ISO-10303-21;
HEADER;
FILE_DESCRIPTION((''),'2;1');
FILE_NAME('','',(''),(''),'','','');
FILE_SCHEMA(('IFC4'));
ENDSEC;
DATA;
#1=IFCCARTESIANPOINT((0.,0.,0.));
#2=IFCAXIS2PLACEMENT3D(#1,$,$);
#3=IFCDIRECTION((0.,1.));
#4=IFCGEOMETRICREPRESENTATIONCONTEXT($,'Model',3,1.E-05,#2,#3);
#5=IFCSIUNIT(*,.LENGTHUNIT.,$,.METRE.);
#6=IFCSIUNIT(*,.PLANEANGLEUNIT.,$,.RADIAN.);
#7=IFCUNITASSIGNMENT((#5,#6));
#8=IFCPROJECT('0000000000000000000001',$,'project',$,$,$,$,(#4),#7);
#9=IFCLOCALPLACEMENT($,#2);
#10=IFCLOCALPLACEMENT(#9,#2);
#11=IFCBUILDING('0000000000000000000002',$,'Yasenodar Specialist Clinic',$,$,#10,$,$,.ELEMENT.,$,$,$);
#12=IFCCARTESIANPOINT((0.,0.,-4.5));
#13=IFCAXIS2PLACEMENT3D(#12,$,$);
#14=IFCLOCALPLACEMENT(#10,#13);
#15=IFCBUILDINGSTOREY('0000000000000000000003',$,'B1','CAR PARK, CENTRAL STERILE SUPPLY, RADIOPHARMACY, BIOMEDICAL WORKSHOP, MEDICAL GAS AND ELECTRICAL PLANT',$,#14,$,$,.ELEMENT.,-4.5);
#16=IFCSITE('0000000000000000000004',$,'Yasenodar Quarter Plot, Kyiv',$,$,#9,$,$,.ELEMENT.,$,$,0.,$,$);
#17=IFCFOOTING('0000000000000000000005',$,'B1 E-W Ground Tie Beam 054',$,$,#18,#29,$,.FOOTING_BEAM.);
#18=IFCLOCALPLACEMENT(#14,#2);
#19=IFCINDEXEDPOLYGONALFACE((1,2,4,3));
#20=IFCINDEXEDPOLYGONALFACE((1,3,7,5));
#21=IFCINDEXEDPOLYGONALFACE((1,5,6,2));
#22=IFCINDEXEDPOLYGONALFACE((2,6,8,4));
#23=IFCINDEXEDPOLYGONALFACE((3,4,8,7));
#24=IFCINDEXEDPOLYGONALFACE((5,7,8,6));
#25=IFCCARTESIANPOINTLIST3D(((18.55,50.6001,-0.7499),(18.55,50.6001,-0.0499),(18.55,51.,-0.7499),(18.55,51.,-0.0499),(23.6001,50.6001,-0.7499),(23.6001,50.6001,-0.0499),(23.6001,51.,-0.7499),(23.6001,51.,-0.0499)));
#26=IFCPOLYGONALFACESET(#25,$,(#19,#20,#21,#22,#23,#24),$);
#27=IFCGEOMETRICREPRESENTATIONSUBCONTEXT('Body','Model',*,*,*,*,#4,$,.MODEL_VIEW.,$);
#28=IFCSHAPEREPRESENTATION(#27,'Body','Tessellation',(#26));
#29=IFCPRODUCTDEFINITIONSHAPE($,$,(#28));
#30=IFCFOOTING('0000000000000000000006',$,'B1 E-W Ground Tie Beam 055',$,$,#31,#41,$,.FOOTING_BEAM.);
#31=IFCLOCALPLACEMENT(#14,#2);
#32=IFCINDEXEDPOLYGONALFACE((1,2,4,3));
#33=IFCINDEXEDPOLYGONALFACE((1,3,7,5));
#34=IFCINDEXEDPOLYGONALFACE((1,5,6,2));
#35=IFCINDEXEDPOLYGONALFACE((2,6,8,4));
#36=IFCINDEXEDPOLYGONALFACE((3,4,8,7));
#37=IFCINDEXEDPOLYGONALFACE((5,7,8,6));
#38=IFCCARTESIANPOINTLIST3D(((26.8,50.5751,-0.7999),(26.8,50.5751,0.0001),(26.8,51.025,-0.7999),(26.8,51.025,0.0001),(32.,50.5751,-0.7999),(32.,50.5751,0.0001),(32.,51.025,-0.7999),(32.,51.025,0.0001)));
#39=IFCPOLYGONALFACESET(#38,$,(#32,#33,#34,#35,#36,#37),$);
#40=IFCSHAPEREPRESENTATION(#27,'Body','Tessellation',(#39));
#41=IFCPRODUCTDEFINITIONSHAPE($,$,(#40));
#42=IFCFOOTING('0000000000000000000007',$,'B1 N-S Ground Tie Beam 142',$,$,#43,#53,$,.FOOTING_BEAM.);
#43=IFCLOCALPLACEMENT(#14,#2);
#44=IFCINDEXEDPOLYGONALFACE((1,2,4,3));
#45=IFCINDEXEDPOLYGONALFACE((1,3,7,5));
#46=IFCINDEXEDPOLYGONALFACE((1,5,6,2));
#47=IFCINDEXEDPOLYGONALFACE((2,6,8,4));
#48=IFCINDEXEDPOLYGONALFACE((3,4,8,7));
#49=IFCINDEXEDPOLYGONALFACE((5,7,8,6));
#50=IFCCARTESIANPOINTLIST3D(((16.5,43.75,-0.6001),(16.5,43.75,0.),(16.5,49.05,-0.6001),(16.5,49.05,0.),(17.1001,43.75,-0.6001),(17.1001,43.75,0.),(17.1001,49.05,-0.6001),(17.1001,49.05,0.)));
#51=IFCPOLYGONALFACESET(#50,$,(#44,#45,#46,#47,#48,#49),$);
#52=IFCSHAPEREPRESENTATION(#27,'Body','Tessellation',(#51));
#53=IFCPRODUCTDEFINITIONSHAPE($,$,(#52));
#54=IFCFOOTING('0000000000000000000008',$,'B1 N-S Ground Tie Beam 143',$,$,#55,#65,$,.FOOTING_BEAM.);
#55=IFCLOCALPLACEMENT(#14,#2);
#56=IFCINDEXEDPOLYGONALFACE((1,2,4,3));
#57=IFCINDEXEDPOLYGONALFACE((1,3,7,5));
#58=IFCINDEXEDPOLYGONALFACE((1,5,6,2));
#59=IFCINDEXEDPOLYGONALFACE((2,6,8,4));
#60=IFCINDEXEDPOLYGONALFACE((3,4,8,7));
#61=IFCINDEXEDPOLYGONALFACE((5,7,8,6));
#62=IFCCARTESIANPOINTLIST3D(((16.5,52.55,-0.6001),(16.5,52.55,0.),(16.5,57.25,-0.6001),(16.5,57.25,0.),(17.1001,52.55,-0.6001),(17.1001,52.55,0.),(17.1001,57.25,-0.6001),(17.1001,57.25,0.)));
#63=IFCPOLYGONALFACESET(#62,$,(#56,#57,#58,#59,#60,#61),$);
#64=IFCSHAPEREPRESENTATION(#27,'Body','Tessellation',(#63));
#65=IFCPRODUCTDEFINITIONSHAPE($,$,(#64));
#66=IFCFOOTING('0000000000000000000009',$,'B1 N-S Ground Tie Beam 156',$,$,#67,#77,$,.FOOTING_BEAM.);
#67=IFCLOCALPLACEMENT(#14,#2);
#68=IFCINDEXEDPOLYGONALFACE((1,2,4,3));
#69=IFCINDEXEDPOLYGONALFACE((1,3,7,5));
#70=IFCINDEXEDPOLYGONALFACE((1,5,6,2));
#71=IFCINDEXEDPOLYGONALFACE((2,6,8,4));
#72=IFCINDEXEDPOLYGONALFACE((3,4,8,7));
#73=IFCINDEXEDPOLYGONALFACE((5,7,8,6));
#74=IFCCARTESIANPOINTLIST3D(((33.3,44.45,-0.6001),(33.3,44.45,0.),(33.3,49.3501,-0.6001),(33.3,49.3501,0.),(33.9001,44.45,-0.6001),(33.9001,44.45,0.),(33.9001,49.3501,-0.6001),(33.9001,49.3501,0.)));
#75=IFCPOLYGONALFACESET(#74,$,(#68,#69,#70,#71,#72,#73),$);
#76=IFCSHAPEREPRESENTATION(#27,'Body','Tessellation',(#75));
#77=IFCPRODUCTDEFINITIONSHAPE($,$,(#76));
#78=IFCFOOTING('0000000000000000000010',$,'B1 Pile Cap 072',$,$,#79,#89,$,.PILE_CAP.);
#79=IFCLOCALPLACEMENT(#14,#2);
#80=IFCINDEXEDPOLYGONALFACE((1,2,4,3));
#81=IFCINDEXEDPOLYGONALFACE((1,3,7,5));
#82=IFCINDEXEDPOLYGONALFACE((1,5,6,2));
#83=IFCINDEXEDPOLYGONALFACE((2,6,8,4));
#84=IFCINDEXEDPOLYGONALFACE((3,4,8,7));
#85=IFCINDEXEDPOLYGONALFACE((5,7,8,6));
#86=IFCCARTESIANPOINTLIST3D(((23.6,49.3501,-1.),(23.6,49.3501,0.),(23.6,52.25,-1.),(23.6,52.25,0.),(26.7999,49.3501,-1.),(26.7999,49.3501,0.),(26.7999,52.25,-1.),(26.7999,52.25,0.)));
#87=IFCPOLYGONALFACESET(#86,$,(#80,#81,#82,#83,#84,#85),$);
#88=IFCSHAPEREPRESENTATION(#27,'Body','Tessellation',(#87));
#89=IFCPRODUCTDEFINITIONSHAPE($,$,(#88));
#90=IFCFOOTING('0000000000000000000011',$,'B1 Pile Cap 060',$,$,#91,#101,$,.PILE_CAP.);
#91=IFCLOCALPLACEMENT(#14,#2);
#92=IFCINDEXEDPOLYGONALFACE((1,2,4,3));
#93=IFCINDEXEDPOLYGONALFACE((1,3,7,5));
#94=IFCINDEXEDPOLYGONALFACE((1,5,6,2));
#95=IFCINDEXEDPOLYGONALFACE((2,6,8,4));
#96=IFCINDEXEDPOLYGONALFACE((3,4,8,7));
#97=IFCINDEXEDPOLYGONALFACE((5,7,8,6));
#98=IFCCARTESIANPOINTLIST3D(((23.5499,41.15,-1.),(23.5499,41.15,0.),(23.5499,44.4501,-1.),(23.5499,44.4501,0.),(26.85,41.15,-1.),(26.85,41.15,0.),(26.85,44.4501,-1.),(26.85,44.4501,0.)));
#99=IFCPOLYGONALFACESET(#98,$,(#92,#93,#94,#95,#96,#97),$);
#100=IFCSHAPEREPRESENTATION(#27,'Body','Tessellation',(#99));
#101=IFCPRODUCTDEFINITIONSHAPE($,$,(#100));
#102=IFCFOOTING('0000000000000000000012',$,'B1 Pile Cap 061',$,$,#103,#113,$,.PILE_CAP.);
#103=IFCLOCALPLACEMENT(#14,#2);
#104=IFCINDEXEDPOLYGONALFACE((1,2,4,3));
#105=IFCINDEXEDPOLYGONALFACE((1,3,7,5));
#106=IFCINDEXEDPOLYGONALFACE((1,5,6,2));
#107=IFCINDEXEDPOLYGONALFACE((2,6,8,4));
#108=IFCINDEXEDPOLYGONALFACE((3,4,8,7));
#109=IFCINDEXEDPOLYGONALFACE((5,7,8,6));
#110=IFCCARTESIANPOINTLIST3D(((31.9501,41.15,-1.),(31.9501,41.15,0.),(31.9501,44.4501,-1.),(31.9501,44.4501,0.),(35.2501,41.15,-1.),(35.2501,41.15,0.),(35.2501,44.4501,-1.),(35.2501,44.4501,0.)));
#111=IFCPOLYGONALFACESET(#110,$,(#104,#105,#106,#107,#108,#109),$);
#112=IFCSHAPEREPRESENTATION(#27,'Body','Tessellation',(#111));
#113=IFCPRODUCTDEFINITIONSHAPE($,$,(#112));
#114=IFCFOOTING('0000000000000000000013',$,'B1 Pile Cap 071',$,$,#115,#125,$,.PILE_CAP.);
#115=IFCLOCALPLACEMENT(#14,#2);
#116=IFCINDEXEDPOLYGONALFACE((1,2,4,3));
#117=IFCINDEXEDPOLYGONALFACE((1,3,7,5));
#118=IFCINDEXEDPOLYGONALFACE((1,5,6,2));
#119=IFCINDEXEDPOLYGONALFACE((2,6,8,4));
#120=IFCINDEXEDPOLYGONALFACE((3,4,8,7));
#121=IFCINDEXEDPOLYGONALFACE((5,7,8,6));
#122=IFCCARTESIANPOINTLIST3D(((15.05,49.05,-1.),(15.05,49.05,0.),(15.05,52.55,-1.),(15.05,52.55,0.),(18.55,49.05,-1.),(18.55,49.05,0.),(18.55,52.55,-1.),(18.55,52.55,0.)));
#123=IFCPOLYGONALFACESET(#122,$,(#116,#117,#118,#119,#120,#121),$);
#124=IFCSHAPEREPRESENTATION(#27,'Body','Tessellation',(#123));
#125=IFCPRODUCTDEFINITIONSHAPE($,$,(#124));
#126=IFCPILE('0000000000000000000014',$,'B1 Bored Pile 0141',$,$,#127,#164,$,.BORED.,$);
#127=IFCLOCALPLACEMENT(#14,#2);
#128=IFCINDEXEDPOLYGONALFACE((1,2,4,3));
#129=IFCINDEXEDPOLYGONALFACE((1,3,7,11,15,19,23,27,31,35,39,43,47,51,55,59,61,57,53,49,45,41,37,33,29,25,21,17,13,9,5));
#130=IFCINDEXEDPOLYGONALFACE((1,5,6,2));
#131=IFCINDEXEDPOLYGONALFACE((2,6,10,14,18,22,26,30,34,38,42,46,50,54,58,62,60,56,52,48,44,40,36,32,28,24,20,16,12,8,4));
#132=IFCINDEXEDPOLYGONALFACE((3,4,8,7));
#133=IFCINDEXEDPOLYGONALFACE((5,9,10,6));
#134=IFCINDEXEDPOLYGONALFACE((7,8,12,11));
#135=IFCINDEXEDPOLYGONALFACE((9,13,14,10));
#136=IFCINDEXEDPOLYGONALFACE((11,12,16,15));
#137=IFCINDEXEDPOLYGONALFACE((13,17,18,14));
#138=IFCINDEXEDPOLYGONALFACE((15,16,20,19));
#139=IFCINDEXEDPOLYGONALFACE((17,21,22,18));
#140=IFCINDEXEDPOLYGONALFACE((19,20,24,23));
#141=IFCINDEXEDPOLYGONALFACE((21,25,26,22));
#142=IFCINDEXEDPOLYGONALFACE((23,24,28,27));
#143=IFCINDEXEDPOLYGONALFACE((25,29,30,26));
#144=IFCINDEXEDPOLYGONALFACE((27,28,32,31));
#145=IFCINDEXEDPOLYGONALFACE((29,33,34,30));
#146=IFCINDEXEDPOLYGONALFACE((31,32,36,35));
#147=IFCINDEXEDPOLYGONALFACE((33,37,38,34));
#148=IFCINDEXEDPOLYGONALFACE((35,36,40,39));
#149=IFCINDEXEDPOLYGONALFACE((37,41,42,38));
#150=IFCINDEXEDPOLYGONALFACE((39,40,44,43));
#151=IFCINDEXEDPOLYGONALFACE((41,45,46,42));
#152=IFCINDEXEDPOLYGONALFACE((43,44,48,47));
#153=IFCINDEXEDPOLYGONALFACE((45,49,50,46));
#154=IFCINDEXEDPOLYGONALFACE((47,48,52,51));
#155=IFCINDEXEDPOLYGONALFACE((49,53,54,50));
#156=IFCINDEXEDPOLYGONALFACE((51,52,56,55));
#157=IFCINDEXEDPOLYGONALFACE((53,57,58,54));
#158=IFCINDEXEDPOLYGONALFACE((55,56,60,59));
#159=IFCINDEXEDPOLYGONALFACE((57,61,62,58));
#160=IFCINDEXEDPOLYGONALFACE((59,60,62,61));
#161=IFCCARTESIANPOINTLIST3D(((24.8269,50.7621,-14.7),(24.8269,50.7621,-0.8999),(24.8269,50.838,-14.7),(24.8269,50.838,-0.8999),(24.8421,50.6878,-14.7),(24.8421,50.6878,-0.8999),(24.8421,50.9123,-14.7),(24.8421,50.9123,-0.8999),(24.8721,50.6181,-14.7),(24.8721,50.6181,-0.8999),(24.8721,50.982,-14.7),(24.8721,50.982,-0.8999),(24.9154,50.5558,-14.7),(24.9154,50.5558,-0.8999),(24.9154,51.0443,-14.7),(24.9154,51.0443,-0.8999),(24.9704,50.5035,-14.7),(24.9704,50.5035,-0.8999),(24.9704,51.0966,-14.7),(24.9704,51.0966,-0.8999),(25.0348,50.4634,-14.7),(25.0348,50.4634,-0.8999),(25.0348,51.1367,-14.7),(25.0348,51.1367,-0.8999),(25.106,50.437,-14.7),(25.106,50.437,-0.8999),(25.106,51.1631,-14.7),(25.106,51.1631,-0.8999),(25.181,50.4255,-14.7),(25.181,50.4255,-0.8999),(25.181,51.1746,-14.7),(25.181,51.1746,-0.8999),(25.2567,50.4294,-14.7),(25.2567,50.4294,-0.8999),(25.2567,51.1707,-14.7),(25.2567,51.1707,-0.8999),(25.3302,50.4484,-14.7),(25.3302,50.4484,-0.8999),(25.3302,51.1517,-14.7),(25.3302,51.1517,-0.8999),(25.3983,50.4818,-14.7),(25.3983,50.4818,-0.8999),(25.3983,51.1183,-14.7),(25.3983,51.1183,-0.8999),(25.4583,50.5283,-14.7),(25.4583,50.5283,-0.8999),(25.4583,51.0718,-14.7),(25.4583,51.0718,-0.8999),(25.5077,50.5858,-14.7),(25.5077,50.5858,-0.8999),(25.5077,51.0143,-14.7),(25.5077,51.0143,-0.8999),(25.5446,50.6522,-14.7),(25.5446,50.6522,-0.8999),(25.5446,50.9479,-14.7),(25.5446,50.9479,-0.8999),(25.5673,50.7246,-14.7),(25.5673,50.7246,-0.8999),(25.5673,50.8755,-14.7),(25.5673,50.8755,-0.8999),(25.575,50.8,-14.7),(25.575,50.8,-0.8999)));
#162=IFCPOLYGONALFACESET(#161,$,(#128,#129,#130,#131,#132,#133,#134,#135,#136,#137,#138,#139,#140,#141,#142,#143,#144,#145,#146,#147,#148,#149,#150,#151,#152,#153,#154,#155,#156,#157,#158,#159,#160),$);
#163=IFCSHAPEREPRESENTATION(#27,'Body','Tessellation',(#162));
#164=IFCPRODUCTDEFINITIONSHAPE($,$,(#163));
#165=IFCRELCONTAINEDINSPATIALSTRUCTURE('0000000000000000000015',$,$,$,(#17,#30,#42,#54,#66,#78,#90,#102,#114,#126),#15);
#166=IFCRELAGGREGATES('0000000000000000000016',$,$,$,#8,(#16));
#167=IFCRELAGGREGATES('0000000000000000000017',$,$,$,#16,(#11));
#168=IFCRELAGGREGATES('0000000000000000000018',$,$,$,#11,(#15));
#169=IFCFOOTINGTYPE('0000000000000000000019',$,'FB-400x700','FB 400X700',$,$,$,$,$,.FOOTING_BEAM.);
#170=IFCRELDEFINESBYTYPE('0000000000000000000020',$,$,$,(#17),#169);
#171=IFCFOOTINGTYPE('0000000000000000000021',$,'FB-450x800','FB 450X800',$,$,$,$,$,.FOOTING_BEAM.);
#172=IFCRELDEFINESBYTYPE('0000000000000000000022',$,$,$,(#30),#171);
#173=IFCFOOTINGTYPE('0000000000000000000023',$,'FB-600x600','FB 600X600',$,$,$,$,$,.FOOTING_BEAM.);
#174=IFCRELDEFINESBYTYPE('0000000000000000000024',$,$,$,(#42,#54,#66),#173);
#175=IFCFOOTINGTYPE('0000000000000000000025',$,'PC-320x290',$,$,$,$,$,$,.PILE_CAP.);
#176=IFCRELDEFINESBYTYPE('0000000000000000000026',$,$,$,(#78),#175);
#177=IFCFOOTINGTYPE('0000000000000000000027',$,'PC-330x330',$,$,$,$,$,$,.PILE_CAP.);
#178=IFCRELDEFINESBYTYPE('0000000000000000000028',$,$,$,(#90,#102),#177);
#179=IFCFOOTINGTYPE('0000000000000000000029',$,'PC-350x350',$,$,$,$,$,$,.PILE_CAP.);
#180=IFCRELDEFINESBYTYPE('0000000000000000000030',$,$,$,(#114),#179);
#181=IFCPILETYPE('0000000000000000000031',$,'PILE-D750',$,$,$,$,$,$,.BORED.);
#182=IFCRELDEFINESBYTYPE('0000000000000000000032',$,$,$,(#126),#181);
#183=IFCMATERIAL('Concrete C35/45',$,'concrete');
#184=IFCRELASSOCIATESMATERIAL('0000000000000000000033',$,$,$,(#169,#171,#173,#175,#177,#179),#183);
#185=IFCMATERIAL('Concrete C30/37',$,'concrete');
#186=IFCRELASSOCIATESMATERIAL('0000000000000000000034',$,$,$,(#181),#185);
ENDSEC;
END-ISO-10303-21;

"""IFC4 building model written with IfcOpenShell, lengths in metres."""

from ifc_helpers import new_model, si_unit, direction, frame, origin, origin_2d, place, context, subcontext, project, spatial, rectangle, circle, extrude, material, material_profile, profile_set, type_object, element, save


model = new_model("IFC4")

# Units and contexts
model_context = context("Model", 3, precision=1e-05, world=origin(), true_north=direction((0.0, 1.0)))
body_context = subcontext(model_context, "Body", "Model", "MODEL_VIEW")
ifc_project = project(units=[si_unit("LENGTHUNIT", "METRE"), si_unit("PLANEANGLEUNIT", "RADIAN")], contexts=[model_context])

# Site, building, storey
site_placement = place(None, origin())
site = spatial("IfcSite", under=ifc_project, at=site_placement, Name="Yasenodar Quarter Plot, Kyiv", CompositionType="ELEMENT", RefElevation=0.0)
building_placement = place(site_placement, origin())
building = spatial("IfcBuilding", under=site, at=building_placement, Name="Yasenodar Specialist Clinic", CompositionType="ELEMENT")
storey_placement = place(building_placement, frame((0.0, 0.0, -4.5)))
storey = spatial("IfcBuildingStorey", under=building, at=storey_placement, Name="B1", Description="CAR PARK, CENTRAL STERILE SUPPLY, RADIOPHARMACY, BIOMEDICAL WORKSHOP, MEDICAL GAS AND ELECTRICAL PLANT", CompositionType="ELEMENT", Elevation=-4.5)

# Footings
ifc_material_1 = material(Name="Concrete C35/45", Category="concrete")
ifc_material_profile_1 = material_profile(ifc_material_1, rectangle(XDim=0.3999, YDim=0.7, at=origin_2d()), Name="RC 400x700")
ifc_profile_set_1 = profile_set([ifc_material_profile_1], Name="Concrete C35/45")
footing_type_1 = type_object("IfcFootingType", Name="FB-400x700", Description="FB 400X700", PredefinedType="FOOTING_BEAM", material=ifc_profile_set_1)
footing_1_placement = place(storey_placement, frame((18.55, 50.8, -0.3999), z_axis=(1.0, 0.0, 0.0), x_axis=(0.0, 1.0, 0.0)))
element("IfcFooting", 1, at=footing_1_placement, inside=storey, type_object=footing_type_1, Name="B1 E-W Ground Tie Beam 054", PredefinedType="FOOTING_BEAM", context=body_context, shape_type="SweptSolid", body=[
    extrude(rectangle(XDim=0.3999, YDim=0.7, at=origin_2d()), origin(), (0.0, 0.0, 1.0), 5.05),
])
ifc_material_profile_2 = material_profile(ifc_material_1, rectangle(XDim=0.45, YDim=0.8, at=origin_2d()), Name="RC 450x800")
ifc_profile_set_2 = profile_set([ifc_material_profile_2], Name="Concrete C35/45")
footing_type_2 = type_object("IfcFootingType", Name="FB-450x800", Description="FB 450X800", PredefinedType="FOOTING_BEAM", material=ifc_profile_set_2)
footing_2_placement = place(storey_placement, frame((26.8, 50.8, -0.3999), z_axis=(1.0, 0.0, 0.0), x_axis=(0.0, 1.0, 0.0)))
element("IfcFooting", 2, at=footing_2_placement, inside=storey, type_object=footing_type_2, Name="B1 E-W Ground Tie Beam 055", PredefinedType="FOOTING_BEAM", context=body_context, shape_type="SweptSolid", body=[
    extrude(rectangle(XDim=0.45, YDim=0.8, at=origin_2d()), origin(), (0.0, 0.0, 1.0), 5.2),
])
ifc_material_profile_3 = material_profile(ifc_material_1, rectangle(XDim=0.6001, YDim=0.6001, at=origin_2d()), Name="RC 600x600")
ifc_profile_set_3 = profile_set([ifc_material_profile_3], Name="Concrete C35/45")
footing_type_3 = type_object("IfcFootingType", Name="FB-600x600", Description="FB 600X600", PredefinedType="FOOTING_BEAM", material=ifc_profile_set_3)
footing_3_placement = place(storey_placement, frame((16.8, 43.75, -0.3), z_axis=(0.0, 1.0, 0.0), x_axis=(-1.0, 0.0, 0.0)))
element("IfcFooting", 3, at=footing_3_placement, inside=storey, type_object=footing_type_3, Name="B1 N-S Ground Tie Beam 142", PredefinedType="FOOTING_BEAM", context=body_context, shape_type="SweptSolid", body=[
    extrude(rectangle(XDim=0.6001, YDim=0.6001, at=origin_2d()), origin(), (0.0, 0.0, 1.0), 5.3),
])
footing_4_placement = place(storey_placement, frame((16.8, 52.55, -0.3), z_axis=(0.0, 1.0, 0.0), x_axis=(-1.0, 0.0, 0.0)))
element("IfcFooting", 4, at=footing_4_placement, inside=storey, type_object=footing_type_3, Name="B1 N-S Ground Tie Beam 143", PredefinedType="FOOTING_BEAM", context=body_context, shape_type="SweptSolid", body=[
    extrude(rectangle(XDim=0.6001, YDim=0.6001, at=origin_2d()), origin(), (0.0, 0.0, 1.0), 4.7),
])
footing_5_placement = place(storey_placement, frame((33.6001, 44.45, -0.3), z_axis=(0.0, 1.0, 0.0), x_axis=(-1.0, 0.0, 0.0)))
element("IfcFooting", 5, at=footing_5_placement, inside=storey, type_object=footing_type_3, Name="B1 N-S Ground Tie Beam 156", PredefinedType="FOOTING_BEAM", context=body_context, shape_type="SweptSolid", body=[
    extrude(rectangle(XDim=0.6001, YDim=0.6001, at=origin_2d()), origin(), (0.0, 0.0, 1.0), 4.9001),
])
footing_type_4 = type_object("IfcFootingType", Name="PC-320x290", PredefinedType="PILE_CAP", material=ifc_material_1)
footing_6_placement = place(storey_placement, frame((25.2, 50.8, -1.0), z_axis=(0.0, 0.0, 1.0), x_axis=(1.0, 0.0, 0.0)))
element("IfcFooting", 6, at=footing_6_placement, inside=storey, type_object=footing_type_4, Name="B1 Pile Cap 072", PredefinedType="PILE_CAP", context=body_context, shape_type="SweptSolid", body=[
    extrude(rectangle(XDim=3.2, YDim=2.8999, at=origin_2d()), origin(), (0.0, 0.0, 1.0), 1.0),
])
footing_type_5 = type_object("IfcFootingType", Name="PC-330x330", PredefinedType="PILE_CAP", material=ifc_material_1)
for number, where, z_axis, x_axis, name in (
    (7, (25.2, 42.8, -1.0), (0.0, 0.0, 1.0), (1.0, 0.0, 0.0), "B1 Pile Cap 060"),
    (8, (33.6001, 42.8, -1.0), (0.0, 0.0, 1.0), (1.0, 0.0, 0.0), "B1 Pile Cap 061"),
):
    element("IfcFooting", number, at=place(storey_placement, frame(where, z_axis=z_axis, x_axis=x_axis)), inside=storey, type_object=footing_type_5, Name=name, PredefinedType="PILE_CAP", context=body_context, shape_type="SweptSolid", body=[
        extrude(rectangle(XDim=3.3, YDim=3.3, at=origin_2d()), origin(), (0.0, 0.0, 1.0), 1.0),
    ])
footing_type_6 = type_object("IfcFootingType", Name="PC-350x350", PredefinedType="PILE_CAP", material=ifc_material_1)
footing_7_placement = place(storey_placement, frame((16.8, 50.8, -1.0), z_axis=(0.0, 0.0, 1.0), x_axis=(1.0, 0.0, 0.0)))
element("IfcFooting", 9, at=footing_7_placement, inside=storey, type_object=footing_type_6, Name="B1 Pile Cap 071", PredefinedType="PILE_CAP", context=body_context, shape_type="SweptSolid", body=[
    extrude(rectangle(XDim=3.5, YDim=3.5, at=origin_2d()), origin(), (0.0, 0.0, 1.0), 1.0),
])

# Pile
ifc_material_2 = material(Name="Concrete C30/37", Category="concrete")
ifc_material_profile_4 = material_profile(ifc_material_2, circle(Radius=0.375, at=origin_2d()), Name="PILE D750")
ifc_profile_set_4 = profile_set([ifc_material_profile_4], Name="Concrete C30/37")
pile_type_1 = type_object("IfcPileType", Name="PILE-D750", PredefinedType="BORED", material=ifc_profile_set_4)
pile_placement = place(storey_placement, frame((25.2, 50.8, -0.8999), z_axis=(0.0, 0.0, -1.0), x_axis=(1.0, 0.0, 0.0)))
element("IfcPile", 10, at=pile_placement, inside=storey, type_object=pile_type_1, Name="B1 Bored Pile 0141", PredefinedType="BORED", context=body_context, shape_type="SweptSolid", body=[
    extrude(circle(Radius=0.375, at=origin_2d()), origin(), (0.0, 0.0, 1.0), 13.8),
])

save(model, "model.ifc")
